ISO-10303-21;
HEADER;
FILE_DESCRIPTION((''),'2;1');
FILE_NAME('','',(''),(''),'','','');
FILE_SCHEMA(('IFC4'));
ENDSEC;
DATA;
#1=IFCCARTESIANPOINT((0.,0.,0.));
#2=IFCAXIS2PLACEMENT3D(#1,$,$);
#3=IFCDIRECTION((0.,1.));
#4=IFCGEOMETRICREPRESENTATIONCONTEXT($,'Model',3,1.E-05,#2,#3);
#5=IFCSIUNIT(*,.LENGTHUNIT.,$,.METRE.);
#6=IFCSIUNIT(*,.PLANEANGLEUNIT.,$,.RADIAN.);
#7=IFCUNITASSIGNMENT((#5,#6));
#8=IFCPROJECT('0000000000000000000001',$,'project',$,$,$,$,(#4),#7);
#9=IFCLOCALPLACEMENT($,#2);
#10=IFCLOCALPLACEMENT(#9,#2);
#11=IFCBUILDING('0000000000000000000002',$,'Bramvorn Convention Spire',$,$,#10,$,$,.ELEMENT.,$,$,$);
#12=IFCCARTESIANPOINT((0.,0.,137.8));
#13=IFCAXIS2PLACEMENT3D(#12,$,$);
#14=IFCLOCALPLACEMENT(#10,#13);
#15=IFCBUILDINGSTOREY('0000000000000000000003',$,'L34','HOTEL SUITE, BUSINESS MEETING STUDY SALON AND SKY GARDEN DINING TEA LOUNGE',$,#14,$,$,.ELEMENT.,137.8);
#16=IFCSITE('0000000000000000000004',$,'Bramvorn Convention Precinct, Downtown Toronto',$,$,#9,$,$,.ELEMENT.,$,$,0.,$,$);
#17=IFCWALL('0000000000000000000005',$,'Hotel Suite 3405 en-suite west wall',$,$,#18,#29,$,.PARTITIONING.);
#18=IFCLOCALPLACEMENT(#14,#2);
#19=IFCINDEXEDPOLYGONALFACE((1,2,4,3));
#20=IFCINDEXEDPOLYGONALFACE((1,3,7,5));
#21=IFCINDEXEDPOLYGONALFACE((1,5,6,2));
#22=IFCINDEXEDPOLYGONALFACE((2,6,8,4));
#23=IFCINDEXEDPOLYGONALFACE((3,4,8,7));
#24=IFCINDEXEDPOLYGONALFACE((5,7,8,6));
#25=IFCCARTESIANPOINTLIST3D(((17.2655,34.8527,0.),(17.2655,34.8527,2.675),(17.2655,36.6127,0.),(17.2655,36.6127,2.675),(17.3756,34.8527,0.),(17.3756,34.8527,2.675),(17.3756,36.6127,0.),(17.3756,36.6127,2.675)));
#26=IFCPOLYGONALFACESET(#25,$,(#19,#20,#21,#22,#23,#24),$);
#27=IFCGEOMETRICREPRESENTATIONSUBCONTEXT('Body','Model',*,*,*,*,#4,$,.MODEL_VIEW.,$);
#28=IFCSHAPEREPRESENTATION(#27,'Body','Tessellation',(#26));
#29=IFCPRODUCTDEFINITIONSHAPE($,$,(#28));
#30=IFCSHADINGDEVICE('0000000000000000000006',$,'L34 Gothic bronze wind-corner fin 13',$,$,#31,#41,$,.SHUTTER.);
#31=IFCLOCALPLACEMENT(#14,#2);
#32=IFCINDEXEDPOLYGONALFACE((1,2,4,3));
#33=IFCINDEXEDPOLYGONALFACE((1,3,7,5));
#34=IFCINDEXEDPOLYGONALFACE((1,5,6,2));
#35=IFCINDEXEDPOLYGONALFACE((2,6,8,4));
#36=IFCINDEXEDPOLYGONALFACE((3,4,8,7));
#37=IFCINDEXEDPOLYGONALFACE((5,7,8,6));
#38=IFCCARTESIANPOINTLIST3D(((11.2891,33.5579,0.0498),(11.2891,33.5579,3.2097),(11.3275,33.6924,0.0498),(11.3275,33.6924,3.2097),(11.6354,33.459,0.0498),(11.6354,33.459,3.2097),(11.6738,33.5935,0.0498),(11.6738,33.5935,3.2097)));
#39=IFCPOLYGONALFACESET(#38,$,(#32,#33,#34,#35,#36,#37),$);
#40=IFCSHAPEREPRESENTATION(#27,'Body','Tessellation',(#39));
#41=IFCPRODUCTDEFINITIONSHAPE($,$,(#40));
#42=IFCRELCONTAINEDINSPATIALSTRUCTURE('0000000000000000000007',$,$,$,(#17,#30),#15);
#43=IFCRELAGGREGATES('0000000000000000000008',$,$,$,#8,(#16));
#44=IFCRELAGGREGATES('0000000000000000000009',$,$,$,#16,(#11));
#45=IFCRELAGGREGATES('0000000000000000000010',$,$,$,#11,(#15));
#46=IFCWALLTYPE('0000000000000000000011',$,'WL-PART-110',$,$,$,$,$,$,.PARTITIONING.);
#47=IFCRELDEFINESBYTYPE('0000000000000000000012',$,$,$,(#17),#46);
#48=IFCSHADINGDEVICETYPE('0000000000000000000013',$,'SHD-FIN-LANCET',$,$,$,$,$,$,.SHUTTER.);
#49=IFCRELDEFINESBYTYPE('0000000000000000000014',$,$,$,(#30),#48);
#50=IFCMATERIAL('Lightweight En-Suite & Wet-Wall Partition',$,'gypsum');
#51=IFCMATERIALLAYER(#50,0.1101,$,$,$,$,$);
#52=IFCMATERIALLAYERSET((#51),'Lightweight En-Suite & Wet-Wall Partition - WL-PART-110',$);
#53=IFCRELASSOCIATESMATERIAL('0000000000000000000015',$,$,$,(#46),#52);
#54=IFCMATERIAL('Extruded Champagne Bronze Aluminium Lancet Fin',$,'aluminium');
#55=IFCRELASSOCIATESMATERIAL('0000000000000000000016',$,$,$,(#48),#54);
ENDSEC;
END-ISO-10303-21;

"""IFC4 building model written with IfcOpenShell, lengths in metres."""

from ifc_helpers import new_model, si_unit, direction, frame, frame_2d, origin, origin_2d, place, context, subcontext, project, spatial, rectangle, extrude, material, layer, layer_set, type_object, element, save


model = new_model("IFC4")

# Units and contexts
model_context = context("Model", 3, precision=1e-05, world=origin(), true_north=direction((0.0, 1.0)))
body_context = subcontext(model_context, "Body", "Model", "MODEL_VIEW")
ifc_project = project(units=[si_unit("LENGTHUNIT", "METRE"), si_unit("PLANEANGLEUNIT", "RADIAN")], contexts=[model_context])

# Site, building, storey
site_placement = place(None, origin())
site = spatial("IfcSite", under=ifc_project, at=site_placement, Name="Bramvorn Convention Precinct, Downtown Toronto", CompositionType="ELEMENT", RefElevation=0.0)
building_placement = place(site_placement, origin())
building = spatial("IfcBuilding", under=site, at=building_placement, Name="Bramvorn Convention Spire", CompositionType="ELEMENT")
storey_placement = place(building_placement, frame((0.0, 0.0, 137.8)))
storey = spatial("IfcBuildingStorey", under=building, at=storey_placement, Name="L34", Description="HOTEL SUITE, BUSINESS MEETING STUDY SALON AND SKY GARDEN DINING TEA LOUNGE", CompositionType="ELEMENT", Elevation=137.8)

# Shared definitions
ifc_material_1 = material(Name="Lightweight En-Suite & Wet-Wall Partition", Category="gypsum")
ifc_layer_1 = layer(ifc_material_1, 0.1101)
ifc_layer_set_1 = layer_set([ifc_layer_1], Name="Lightweight En-Suite & Wet-Wall Partition - WL-PART-110")
wall_type = type_object("IfcWallType", Name="WL-PART-110", PredefinedType="PARTITIONING", material=ifc_layer_set_1)

# Wall
wall_1_placement = place(storey_placement, frame((17.3206, 34.8528, 0.0), z_axis=(0.0, 0.0, 1.0), x_axis=(0.0, 1.0, 0.0)))
element("IfcWall", 1, at=wall_1_placement, inside=storey, type_object=wall_type, Name="Hotel Suite 3405 en-suite west wall", PredefinedType="PARTITIONING", context=body_context, shape_type="SweptSolid", body=[
    extrude(rectangle(XDim=1.76, YDim=0.1101, at=frame_2d((0.8799, 0.0))), origin(), (0.0, 0.0, 1.0), 2.675),
])

# Shading device
ifc_material_2 = material(Name="Extruded Champagne Bronze Aluminium Lancet Fin", Category="aluminium")
shading_device_type = type_object("IfcShadingDeviceType", Name="SHD-FIN-LANCET", PredefinedType="SHUTTER", material=ifc_material_2)
shading_device_placement = place(storey_placement, frame((11.4814, 33.5757, 0.0498), z_axis=(0.0, 0.0, 1.0), x_axis=(-0.961534, 0.274686, 0.0)))
element("IfcShadingDevice", 2, at=shading_device_placement, inside=storey, type_object=shading_device_type, Name="L34 Gothic bronze wind-corner fin 13", PredefinedType="SHUTTER", context=body_context, shape_type="SweptSolid", body=[
    extrude(rectangle(XDim=0.3601, YDim=0.1399, at=origin_2d()), origin(), (0.0, 0.0, 1.0), 3.1599),
])

save(model, "model.ifc")
